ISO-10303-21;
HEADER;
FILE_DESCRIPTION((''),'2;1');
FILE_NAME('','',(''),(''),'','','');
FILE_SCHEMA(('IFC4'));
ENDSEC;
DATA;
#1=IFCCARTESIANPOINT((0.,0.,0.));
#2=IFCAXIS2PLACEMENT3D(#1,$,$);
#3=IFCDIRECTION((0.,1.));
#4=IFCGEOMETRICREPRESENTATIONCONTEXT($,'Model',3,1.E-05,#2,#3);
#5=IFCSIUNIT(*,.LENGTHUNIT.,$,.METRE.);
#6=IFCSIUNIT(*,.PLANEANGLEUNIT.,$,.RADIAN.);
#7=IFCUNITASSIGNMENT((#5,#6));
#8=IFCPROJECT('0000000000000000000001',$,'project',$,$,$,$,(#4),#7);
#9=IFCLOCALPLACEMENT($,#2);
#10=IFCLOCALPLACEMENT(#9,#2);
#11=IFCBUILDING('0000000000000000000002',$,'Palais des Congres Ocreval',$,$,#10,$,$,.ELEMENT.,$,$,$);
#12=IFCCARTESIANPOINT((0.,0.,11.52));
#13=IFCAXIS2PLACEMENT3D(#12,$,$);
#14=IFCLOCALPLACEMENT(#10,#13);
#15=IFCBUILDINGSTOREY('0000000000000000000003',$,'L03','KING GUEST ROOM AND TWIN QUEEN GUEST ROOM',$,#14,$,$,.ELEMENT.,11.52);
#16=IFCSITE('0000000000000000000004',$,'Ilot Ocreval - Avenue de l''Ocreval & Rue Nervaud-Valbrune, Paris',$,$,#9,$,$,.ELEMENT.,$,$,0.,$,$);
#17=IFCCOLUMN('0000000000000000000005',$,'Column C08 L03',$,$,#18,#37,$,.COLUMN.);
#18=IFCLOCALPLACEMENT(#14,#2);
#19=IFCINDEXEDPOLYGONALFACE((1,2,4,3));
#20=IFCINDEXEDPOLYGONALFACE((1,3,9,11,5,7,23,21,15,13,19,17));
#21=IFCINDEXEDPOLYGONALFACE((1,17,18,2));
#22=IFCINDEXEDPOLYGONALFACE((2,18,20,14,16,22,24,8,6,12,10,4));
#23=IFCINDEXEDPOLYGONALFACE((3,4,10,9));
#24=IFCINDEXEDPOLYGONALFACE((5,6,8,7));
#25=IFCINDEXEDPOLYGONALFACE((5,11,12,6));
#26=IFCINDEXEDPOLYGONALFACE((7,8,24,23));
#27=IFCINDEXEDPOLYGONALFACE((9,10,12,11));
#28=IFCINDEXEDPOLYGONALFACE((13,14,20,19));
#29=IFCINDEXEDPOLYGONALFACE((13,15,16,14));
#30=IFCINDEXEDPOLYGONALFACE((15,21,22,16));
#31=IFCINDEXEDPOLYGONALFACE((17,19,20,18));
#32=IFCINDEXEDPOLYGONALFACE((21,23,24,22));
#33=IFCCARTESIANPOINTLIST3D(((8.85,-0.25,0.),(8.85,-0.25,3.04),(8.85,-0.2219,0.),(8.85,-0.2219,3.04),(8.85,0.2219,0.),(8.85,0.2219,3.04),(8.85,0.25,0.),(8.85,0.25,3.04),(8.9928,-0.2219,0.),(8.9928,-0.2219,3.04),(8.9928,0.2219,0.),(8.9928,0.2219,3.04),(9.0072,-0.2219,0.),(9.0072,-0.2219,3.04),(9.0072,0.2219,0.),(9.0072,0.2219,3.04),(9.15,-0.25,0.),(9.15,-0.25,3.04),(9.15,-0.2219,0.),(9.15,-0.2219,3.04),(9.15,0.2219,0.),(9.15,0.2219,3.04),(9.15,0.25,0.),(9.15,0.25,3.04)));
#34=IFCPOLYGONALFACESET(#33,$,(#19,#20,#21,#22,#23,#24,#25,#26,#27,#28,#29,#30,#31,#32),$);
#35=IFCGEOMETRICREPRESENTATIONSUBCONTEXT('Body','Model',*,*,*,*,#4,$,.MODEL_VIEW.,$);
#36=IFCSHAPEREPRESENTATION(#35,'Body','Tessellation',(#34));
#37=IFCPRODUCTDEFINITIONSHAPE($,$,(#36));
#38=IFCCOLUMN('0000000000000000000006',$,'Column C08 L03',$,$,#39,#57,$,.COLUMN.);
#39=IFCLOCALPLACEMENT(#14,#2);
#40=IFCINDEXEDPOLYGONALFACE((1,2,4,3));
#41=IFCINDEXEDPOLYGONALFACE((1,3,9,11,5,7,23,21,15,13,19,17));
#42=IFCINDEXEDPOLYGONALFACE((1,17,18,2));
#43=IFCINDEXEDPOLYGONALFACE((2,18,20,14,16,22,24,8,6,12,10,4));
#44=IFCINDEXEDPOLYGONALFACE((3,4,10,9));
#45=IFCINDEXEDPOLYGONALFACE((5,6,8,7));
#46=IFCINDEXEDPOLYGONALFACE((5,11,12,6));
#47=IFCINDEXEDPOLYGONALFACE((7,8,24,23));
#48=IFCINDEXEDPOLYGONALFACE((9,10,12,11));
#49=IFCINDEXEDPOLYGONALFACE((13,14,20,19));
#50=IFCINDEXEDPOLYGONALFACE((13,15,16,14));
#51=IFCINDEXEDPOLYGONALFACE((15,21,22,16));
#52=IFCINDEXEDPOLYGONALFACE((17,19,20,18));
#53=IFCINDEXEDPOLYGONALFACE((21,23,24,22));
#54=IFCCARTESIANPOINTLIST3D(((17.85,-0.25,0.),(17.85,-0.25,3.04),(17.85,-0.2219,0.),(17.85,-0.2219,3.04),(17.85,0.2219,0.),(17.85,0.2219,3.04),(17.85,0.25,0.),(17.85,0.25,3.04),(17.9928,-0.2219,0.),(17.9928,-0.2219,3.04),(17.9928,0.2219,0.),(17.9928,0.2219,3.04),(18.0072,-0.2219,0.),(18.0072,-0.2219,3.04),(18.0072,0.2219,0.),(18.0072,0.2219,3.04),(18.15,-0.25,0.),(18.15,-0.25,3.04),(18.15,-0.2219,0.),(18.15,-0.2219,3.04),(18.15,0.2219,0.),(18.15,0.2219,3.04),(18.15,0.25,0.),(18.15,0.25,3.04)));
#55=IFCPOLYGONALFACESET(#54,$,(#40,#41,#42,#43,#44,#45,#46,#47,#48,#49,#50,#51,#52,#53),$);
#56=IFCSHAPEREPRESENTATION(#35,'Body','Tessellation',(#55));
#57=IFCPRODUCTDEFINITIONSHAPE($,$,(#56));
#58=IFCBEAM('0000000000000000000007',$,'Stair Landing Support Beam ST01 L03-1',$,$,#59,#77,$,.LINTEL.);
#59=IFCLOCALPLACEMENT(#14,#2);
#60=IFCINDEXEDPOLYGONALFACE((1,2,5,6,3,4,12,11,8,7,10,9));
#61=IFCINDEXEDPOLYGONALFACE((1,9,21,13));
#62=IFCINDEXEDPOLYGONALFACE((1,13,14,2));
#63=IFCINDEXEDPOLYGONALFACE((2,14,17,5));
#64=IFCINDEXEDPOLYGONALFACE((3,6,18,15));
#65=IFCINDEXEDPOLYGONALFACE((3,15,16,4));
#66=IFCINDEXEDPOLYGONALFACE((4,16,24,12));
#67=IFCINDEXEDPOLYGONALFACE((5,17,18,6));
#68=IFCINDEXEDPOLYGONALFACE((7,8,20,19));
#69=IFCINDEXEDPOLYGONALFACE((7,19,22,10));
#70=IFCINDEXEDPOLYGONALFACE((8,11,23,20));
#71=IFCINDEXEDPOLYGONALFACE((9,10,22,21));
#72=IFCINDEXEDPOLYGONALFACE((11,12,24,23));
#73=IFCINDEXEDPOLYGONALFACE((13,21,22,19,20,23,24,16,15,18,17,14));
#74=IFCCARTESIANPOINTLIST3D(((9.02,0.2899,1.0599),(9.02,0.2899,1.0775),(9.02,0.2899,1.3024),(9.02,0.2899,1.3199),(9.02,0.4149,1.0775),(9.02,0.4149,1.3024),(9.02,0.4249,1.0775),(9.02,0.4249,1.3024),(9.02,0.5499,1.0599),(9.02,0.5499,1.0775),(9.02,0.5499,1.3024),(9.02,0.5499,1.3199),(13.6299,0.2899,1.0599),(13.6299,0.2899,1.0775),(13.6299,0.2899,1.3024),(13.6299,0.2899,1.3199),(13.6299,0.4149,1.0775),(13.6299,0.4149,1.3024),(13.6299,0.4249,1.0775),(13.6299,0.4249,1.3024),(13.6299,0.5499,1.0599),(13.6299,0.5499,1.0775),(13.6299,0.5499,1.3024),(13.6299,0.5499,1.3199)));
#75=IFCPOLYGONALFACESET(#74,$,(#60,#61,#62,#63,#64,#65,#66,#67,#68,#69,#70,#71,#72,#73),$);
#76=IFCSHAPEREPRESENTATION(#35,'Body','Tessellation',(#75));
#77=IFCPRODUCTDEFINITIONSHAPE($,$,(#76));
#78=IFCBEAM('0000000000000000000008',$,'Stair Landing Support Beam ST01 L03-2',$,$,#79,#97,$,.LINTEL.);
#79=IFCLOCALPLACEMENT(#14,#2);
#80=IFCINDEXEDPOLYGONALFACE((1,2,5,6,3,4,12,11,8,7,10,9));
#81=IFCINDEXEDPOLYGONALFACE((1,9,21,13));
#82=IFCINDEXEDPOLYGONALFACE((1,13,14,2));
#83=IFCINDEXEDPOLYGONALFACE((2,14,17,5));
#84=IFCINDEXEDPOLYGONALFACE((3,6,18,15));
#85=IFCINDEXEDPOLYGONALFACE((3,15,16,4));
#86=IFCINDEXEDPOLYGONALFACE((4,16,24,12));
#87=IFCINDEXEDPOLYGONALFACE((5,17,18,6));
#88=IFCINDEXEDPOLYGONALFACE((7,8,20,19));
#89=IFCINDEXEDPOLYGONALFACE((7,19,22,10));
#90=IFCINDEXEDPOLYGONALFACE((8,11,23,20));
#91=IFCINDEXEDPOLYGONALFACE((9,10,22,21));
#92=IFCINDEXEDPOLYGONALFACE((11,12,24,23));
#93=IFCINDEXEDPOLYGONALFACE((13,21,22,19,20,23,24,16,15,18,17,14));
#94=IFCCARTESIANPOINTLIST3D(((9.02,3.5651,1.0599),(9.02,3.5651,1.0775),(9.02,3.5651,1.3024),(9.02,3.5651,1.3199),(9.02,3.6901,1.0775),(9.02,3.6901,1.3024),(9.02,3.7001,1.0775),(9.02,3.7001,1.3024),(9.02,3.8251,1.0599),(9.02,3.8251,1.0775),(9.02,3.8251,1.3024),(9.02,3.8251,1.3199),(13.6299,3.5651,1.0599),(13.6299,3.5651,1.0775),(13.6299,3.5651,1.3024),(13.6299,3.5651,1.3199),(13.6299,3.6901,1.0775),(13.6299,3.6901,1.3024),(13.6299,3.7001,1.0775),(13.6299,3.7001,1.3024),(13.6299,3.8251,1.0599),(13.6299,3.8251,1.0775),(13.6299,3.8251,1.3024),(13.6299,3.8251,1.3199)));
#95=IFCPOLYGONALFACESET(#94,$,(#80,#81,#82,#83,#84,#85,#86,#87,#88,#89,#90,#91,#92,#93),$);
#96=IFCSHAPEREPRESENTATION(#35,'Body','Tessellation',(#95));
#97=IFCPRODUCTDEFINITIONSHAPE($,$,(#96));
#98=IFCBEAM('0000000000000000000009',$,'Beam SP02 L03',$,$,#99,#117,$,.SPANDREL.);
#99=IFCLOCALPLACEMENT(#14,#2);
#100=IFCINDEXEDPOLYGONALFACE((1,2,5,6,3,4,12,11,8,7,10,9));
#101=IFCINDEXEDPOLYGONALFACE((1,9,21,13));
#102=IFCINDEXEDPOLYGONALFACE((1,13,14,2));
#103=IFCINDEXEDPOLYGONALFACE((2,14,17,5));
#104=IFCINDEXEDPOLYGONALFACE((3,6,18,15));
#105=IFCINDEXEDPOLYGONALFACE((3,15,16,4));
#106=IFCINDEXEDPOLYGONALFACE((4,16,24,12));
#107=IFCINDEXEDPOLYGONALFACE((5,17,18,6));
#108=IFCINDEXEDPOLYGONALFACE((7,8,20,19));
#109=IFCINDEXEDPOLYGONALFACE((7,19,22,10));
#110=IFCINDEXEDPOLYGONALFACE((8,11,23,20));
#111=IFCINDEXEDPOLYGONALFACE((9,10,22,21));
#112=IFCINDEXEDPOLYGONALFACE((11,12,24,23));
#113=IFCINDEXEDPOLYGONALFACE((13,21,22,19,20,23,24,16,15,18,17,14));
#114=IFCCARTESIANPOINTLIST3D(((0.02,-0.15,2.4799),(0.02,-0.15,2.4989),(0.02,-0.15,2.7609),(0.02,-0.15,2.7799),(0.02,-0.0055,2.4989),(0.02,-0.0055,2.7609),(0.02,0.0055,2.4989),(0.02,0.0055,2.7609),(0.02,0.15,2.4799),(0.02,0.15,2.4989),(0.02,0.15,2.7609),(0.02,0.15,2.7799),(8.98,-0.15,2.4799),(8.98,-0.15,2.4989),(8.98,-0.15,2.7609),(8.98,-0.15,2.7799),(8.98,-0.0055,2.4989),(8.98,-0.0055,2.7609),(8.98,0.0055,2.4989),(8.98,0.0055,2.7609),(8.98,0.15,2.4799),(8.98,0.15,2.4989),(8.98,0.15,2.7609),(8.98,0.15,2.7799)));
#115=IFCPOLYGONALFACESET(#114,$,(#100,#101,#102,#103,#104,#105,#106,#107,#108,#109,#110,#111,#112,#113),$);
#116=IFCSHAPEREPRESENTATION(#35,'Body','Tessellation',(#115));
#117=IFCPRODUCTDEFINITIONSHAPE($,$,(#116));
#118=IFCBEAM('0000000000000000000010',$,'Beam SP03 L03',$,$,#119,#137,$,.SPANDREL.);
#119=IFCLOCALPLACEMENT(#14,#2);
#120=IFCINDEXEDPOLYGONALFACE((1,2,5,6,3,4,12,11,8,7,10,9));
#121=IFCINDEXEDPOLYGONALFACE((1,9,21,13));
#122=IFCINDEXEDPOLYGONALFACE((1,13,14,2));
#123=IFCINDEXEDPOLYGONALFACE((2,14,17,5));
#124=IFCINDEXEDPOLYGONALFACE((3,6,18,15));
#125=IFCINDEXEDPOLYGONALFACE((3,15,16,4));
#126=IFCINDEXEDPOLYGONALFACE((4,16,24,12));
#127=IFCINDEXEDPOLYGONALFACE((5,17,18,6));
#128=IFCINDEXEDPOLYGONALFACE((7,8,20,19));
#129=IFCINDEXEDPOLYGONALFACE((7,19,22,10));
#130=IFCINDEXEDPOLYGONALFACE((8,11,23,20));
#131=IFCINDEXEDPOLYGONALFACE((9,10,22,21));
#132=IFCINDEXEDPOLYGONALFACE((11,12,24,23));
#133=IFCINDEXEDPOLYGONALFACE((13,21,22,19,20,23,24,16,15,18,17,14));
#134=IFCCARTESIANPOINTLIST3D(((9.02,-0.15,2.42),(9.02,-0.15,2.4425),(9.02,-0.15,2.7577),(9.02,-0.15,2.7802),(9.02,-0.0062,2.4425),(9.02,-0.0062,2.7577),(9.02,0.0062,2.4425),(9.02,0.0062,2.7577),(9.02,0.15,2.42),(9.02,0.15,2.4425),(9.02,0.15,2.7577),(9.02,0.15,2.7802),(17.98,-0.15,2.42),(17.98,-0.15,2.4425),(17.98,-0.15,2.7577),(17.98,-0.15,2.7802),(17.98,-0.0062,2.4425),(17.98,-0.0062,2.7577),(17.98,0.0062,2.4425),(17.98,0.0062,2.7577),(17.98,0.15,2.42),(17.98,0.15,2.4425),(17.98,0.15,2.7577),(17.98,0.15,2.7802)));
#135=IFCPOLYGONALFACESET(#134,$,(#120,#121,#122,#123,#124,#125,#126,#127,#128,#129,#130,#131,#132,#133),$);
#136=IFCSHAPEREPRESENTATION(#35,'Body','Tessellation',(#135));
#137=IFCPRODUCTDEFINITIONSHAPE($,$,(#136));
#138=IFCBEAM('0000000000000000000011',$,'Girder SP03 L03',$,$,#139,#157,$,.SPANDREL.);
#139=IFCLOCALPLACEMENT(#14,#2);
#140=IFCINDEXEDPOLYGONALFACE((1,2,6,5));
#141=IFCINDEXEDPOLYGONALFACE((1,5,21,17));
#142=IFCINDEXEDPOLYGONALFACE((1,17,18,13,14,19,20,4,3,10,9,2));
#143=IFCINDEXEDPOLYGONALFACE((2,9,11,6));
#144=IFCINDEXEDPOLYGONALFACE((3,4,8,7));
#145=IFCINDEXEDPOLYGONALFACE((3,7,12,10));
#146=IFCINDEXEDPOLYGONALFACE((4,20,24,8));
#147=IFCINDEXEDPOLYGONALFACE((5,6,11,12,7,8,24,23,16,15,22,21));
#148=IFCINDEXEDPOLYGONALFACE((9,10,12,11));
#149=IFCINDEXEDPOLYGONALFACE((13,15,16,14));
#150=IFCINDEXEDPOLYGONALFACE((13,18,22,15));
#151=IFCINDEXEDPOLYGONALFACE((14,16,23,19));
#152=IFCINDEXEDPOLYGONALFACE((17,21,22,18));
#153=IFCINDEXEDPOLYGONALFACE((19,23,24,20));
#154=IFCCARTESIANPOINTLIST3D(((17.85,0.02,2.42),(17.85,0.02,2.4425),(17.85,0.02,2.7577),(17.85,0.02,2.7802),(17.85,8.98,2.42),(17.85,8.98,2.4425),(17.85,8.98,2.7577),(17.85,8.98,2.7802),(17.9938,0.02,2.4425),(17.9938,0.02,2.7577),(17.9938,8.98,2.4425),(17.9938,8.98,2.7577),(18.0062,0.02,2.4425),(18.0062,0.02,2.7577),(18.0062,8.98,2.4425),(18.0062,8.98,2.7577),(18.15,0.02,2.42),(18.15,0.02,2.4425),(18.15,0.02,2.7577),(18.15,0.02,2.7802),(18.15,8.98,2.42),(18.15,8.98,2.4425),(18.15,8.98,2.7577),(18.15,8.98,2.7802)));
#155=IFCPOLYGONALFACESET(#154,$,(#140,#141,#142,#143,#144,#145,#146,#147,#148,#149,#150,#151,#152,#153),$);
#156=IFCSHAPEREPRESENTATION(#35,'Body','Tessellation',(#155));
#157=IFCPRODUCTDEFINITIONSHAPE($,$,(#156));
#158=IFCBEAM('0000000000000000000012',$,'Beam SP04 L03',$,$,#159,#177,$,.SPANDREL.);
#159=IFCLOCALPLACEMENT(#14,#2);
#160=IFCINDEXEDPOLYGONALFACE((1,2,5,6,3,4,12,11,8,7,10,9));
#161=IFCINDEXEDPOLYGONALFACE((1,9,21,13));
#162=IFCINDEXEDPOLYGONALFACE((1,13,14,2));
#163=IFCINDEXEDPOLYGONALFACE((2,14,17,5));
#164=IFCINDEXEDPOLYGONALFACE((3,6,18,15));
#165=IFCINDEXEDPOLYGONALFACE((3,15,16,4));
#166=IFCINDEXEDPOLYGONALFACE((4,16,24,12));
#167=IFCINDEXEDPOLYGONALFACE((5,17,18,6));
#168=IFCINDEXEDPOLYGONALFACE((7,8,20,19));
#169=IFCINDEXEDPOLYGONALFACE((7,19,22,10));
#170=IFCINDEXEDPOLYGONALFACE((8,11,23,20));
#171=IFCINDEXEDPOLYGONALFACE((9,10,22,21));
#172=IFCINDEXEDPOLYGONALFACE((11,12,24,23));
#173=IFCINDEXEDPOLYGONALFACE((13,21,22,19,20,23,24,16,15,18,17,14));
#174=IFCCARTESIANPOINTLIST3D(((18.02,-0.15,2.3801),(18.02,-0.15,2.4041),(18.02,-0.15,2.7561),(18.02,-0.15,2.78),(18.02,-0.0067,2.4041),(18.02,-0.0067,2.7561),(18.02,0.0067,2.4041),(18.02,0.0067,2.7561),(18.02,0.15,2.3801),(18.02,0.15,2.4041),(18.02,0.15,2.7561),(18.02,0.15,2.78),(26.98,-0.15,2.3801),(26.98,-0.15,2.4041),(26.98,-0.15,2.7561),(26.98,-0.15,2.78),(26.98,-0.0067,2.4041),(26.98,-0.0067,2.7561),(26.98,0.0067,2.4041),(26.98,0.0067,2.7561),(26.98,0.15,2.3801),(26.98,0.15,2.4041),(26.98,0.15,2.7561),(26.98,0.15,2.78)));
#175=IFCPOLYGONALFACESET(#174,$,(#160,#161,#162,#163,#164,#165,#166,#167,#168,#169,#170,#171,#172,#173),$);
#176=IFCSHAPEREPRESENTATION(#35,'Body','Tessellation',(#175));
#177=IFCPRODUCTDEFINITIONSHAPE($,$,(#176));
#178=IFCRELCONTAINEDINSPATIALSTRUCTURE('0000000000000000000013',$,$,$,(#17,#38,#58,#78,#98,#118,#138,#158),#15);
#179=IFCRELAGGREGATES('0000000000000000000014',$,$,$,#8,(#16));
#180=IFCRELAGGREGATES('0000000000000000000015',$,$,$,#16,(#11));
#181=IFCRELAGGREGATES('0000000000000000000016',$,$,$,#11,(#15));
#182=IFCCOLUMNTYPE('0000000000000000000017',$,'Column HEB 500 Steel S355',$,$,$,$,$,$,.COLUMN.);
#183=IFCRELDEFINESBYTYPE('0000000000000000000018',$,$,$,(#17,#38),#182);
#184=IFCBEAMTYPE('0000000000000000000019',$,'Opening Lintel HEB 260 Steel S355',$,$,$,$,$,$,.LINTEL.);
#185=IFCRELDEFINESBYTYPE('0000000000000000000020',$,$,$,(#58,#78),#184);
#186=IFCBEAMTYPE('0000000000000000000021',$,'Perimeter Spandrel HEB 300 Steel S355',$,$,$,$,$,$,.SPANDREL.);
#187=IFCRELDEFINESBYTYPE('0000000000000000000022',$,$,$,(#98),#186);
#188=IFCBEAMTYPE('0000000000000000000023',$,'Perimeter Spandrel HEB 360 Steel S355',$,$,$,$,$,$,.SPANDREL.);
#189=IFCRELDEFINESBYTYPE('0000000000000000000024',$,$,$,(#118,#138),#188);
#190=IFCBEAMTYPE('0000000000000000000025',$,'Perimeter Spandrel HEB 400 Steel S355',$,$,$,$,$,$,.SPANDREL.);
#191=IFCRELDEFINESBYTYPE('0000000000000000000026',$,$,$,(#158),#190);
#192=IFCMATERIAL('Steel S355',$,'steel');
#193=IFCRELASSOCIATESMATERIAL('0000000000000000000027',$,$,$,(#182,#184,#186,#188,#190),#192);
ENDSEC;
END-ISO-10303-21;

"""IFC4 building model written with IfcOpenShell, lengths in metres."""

from ifc_helpers import new_model, si_unit, direction, frame, origin, origin_2d, place, context, subcontext, project, spatial, i_section, extrude, material, material_profile, profile_set, type_object, element, save


model = new_model("IFC4")

# Units and contexts
model_context = context("Model", 3, precision=1e-05, world=origin(), true_north=direction((0.0, 1.0)))
body_context = subcontext(model_context, "Body", "Model", "MODEL_VIEW")
ifc_project = project(units=[si_unit("LENGTHUNIT", "METRE"), si_unit("PLANEANGLEUNIT", "RADIAN")], contexts=[model_context])

# Site, building, storey
site_placement = place(None, origin())
site = spatial("IfcSite", under=ifc_project, at=site_placement, Name="Ilot Ocreval - Avenue de l'Ocreval & Rue Nervaud-Valbrune, Paris", CompositionType="ELEMENT", RefElevation=0.0)
building_placement = place(site_placement, origin())
building = spatial("IfcBuilding", under=site, at=building_placement, Name="Palais des Congres Ocreval", CompositionType="ELEMENT")
storey_placement = place(building_placement, frame((0.0, 0.0, 11.52)))
storey = spatial("IfcBuildingStorey", under=building, at=storey_placement, Name="L03", Description="KING GUEST ROOM AND TWIN QUEEN GUEST ROOM", CompositionType="ELEMENT", Elevation=11.52)

# Columns
ifc_material_1 = material(Name="Steel S355", Category="steel")
ifc_material_profile_1 = material_profile(ifc_material_1, i_section(OverallWidth=0.3, OverallDepth=0.5, WebThickness=0.0144, FlangeThickness=0.0281, at=origin_2d()), Name="HEB 500")
ifc_profile_set_1 = profile_set([ifc_material_profile_1], Name="Steel S355")
column_type = type_object("IfcColumnType", Name="Column HEB 500 Steel S355", PredefinedType="COLUMN", material=ifc_profile_set_1)
for number, where, z_axis, x_axis, name in (
    (1, (9.0, 0.0, 0.0), (0.0, 0.0, 1.0), (1.0, 0.0, 0.0), "Column C08 L03"),
    (2, (18.0, 0.0, 0.0), (0.0, 0.0, 1.0), (1.0, 0.0, 0.0), "Column C08 L03"),
):
    element("IfcColumn", number, at=place(storey_placement, frame(where, z_axis=z_axis, x_axis=x_axis)), inside=storey, type_object=column_type, Name=name, PredefinedType="COLUMN", context=body_context, shape_type="SweptSolid", body=[
        extrude(i_section(OverallWidth=0.3, OverallDepth=0.5, WebThickness=0.0144, FlangeThickness=0.0281, at=origin_2d()), origin(), (0.0, 0.0, 1.0), 3.04),
    ])

# Beams
ifc_material_profile_2 = material_profile(ifc_material_1, i_section(OverallWidth=0.26, OverallDepth=0.26, WebThickness=0.01, FlangeThickness=0.0176, at=origin_2d()), Name="HEB 260")
ifc_profile_set_2 = profile_set([ifc_material_profile_2], Name="Steel S355")
beam_type_1 = type_object("IfcBeamType", Name="Opening Lintel HEB 260 Steel S355", PredefinedType="LINTEL", material=ifc_profile_set_2)
for number, where, z_axis, x_axis, name in (
    (3, (9.02, 0.4199, 1.1899), (1.0, 0.0, 0.0), (0.0, 1.0, 0.0), "Stair Landing Support Beam ST01 L03-1"),
    (4, (9.02, 3.6951, 1.1899), (1.0, 0.0, 0.0), (0.0, 1.0, 0.0), "Stair Landing Support Beam ST01 L03-2"),
):
    element("IfcBeam", number, at=place(storey_placement, frame(where, z_axis=z_axis, x_axis=x_axis)), inside=storey, type_object=beam_type_1, Name=name, PredefinedType="LINTEL", context=body_context, shape_type="SweptSolid", body=[
        extrude(i_section(OverallWidth=0.26, OverallDepth=0.26, WebThickness=0.01, FlangeThickness=0.0176, at=origin_2d()), origin(), (0.0, 0.0, 1.0), 4.6099),
    ])
ifc_material_profile_3 = material_profile(ifc_material_1, i_section(OverallWidth=0.3, OverallDepth=0.3, WebThickness=0.011, FlangeThickness=0.019, at=origin_2d()), Name="HEB 300")
ifc_profile_set_3 = profile_set([ifc_material_profile_3], Name="Steel S355")
beam_type_2 = type_object("IfcBeamType", Name="Perimeter Spandrel HEB 300 Steel S355", PredefinedType="SPANDREL", material=ifc_profile_set_3)
beam_1_placement = place(storey_placement, frame((0.02, 0.0, 2.6299), z_axis=(1.0, 0.0, 0.0), x_axis=(0.0, 1.0, 0.0)))
element("IfcBeam", 5, at=beam_1_placement, inside=storey, type_object=beam_type_2, Name="Beam SP02 L03", PredefinedType="SPANDREL", context=body_context, shape_type="SweptSolid", body=[
    extrude(i_section(OverallWidth=0.3, OverallDepth=0.3, WebThickness=0.011, FlangeThickness=0.019, at=origin_2d()), origin(), (0.0, 0.0, 1.0), 8.96),
])
ifc_material_profile_4 = material_profile(ifc_material_1, i_section(OverallWidth=0.3, OverallDepth=0.3601, WebThickness=0.0125, FlangeThickness=0.0225, at=origin_2d()), Name="HEB 360")
ifc_profile_set_4 = profile_set([ifc_material_profile_4], Name="Steel S355")
beam_type_3 = type_object("IfcBeamType", Name="Perimeter Spandrel HEB 360 Steel S355", PredefinedType="SPANDREL", material=ifc_profile_set_4)
for number, where, z_axis, x_axis, name in (
    (6, (9.02, 0.0, 2.6001), (1.0, 0.0, 0.0), (0.0, 1.0, 0.0), "Beam SP03 L03"),
    (7, (18.0, 0.02, 2.6001), (0.0, 1.0, 0.0), (-1.0, 0.0, 0.0), "Girder SP03 L03"),
):
    element("IfcBeam", number, at=place(storey_placement, frame(where, z_axis=z_axis, x_axis=x_axis)), inside=storey, type_object=beam_type_3, Name=name, PredefinedType="SPANDREL", context=body_context, shape_type="SweptSolid", body=[
        extrude(i_section(OverallWidth=0.3, OverallDepth=0.3601, WebThickness=0.0125, FlangeThickness=0.0225, at=origin_2d()), origin(), (0.0, 0.0, 1.0), 8.96),
    ])
ifc_material_profile_5 = material_profile(ifc_material_1, i_section(OverallWidth=0.3, OverallDepth=0.3999, WebThickness=0.0134, FlangeThickness=0.0239, at=origin_2d()), Name="HEB 400")
ifc_profile_set_5 = profile_set([ifc_material_profile_5], Name="Steel S355")
beam_type_4 = type_object("IfcBeamType", Name="Perimeter Spandrel HEB 400 Steel S355", PredefinedType="SPANDREL", material=ifc_profile_set_5)
beam_2_placement = place(storey_placement, frame((18.02, 0.0, 2.5801), z_axis=(1.0, 0.0, 0.0), x_axis=(0.0, 1.0, 0.0)))
element("IfcBeam", 8, at=beam_2_placement, inside=storey, type_object=beam_type_4, Name="Beam SP04 L03", PredefinedType="SPANDREL", context=body_context, shape_type="SweptSolid", body=[
    extrude(i_section(OverallWidth=0.3, OverallDepth=0.3999, WebThickness=0.0134, FlangeThickness=0.0239, at=origin_2d()), origin(), (0.0, 0.0, 1.0), 8.96),
])

save(model, "model.ifc")
